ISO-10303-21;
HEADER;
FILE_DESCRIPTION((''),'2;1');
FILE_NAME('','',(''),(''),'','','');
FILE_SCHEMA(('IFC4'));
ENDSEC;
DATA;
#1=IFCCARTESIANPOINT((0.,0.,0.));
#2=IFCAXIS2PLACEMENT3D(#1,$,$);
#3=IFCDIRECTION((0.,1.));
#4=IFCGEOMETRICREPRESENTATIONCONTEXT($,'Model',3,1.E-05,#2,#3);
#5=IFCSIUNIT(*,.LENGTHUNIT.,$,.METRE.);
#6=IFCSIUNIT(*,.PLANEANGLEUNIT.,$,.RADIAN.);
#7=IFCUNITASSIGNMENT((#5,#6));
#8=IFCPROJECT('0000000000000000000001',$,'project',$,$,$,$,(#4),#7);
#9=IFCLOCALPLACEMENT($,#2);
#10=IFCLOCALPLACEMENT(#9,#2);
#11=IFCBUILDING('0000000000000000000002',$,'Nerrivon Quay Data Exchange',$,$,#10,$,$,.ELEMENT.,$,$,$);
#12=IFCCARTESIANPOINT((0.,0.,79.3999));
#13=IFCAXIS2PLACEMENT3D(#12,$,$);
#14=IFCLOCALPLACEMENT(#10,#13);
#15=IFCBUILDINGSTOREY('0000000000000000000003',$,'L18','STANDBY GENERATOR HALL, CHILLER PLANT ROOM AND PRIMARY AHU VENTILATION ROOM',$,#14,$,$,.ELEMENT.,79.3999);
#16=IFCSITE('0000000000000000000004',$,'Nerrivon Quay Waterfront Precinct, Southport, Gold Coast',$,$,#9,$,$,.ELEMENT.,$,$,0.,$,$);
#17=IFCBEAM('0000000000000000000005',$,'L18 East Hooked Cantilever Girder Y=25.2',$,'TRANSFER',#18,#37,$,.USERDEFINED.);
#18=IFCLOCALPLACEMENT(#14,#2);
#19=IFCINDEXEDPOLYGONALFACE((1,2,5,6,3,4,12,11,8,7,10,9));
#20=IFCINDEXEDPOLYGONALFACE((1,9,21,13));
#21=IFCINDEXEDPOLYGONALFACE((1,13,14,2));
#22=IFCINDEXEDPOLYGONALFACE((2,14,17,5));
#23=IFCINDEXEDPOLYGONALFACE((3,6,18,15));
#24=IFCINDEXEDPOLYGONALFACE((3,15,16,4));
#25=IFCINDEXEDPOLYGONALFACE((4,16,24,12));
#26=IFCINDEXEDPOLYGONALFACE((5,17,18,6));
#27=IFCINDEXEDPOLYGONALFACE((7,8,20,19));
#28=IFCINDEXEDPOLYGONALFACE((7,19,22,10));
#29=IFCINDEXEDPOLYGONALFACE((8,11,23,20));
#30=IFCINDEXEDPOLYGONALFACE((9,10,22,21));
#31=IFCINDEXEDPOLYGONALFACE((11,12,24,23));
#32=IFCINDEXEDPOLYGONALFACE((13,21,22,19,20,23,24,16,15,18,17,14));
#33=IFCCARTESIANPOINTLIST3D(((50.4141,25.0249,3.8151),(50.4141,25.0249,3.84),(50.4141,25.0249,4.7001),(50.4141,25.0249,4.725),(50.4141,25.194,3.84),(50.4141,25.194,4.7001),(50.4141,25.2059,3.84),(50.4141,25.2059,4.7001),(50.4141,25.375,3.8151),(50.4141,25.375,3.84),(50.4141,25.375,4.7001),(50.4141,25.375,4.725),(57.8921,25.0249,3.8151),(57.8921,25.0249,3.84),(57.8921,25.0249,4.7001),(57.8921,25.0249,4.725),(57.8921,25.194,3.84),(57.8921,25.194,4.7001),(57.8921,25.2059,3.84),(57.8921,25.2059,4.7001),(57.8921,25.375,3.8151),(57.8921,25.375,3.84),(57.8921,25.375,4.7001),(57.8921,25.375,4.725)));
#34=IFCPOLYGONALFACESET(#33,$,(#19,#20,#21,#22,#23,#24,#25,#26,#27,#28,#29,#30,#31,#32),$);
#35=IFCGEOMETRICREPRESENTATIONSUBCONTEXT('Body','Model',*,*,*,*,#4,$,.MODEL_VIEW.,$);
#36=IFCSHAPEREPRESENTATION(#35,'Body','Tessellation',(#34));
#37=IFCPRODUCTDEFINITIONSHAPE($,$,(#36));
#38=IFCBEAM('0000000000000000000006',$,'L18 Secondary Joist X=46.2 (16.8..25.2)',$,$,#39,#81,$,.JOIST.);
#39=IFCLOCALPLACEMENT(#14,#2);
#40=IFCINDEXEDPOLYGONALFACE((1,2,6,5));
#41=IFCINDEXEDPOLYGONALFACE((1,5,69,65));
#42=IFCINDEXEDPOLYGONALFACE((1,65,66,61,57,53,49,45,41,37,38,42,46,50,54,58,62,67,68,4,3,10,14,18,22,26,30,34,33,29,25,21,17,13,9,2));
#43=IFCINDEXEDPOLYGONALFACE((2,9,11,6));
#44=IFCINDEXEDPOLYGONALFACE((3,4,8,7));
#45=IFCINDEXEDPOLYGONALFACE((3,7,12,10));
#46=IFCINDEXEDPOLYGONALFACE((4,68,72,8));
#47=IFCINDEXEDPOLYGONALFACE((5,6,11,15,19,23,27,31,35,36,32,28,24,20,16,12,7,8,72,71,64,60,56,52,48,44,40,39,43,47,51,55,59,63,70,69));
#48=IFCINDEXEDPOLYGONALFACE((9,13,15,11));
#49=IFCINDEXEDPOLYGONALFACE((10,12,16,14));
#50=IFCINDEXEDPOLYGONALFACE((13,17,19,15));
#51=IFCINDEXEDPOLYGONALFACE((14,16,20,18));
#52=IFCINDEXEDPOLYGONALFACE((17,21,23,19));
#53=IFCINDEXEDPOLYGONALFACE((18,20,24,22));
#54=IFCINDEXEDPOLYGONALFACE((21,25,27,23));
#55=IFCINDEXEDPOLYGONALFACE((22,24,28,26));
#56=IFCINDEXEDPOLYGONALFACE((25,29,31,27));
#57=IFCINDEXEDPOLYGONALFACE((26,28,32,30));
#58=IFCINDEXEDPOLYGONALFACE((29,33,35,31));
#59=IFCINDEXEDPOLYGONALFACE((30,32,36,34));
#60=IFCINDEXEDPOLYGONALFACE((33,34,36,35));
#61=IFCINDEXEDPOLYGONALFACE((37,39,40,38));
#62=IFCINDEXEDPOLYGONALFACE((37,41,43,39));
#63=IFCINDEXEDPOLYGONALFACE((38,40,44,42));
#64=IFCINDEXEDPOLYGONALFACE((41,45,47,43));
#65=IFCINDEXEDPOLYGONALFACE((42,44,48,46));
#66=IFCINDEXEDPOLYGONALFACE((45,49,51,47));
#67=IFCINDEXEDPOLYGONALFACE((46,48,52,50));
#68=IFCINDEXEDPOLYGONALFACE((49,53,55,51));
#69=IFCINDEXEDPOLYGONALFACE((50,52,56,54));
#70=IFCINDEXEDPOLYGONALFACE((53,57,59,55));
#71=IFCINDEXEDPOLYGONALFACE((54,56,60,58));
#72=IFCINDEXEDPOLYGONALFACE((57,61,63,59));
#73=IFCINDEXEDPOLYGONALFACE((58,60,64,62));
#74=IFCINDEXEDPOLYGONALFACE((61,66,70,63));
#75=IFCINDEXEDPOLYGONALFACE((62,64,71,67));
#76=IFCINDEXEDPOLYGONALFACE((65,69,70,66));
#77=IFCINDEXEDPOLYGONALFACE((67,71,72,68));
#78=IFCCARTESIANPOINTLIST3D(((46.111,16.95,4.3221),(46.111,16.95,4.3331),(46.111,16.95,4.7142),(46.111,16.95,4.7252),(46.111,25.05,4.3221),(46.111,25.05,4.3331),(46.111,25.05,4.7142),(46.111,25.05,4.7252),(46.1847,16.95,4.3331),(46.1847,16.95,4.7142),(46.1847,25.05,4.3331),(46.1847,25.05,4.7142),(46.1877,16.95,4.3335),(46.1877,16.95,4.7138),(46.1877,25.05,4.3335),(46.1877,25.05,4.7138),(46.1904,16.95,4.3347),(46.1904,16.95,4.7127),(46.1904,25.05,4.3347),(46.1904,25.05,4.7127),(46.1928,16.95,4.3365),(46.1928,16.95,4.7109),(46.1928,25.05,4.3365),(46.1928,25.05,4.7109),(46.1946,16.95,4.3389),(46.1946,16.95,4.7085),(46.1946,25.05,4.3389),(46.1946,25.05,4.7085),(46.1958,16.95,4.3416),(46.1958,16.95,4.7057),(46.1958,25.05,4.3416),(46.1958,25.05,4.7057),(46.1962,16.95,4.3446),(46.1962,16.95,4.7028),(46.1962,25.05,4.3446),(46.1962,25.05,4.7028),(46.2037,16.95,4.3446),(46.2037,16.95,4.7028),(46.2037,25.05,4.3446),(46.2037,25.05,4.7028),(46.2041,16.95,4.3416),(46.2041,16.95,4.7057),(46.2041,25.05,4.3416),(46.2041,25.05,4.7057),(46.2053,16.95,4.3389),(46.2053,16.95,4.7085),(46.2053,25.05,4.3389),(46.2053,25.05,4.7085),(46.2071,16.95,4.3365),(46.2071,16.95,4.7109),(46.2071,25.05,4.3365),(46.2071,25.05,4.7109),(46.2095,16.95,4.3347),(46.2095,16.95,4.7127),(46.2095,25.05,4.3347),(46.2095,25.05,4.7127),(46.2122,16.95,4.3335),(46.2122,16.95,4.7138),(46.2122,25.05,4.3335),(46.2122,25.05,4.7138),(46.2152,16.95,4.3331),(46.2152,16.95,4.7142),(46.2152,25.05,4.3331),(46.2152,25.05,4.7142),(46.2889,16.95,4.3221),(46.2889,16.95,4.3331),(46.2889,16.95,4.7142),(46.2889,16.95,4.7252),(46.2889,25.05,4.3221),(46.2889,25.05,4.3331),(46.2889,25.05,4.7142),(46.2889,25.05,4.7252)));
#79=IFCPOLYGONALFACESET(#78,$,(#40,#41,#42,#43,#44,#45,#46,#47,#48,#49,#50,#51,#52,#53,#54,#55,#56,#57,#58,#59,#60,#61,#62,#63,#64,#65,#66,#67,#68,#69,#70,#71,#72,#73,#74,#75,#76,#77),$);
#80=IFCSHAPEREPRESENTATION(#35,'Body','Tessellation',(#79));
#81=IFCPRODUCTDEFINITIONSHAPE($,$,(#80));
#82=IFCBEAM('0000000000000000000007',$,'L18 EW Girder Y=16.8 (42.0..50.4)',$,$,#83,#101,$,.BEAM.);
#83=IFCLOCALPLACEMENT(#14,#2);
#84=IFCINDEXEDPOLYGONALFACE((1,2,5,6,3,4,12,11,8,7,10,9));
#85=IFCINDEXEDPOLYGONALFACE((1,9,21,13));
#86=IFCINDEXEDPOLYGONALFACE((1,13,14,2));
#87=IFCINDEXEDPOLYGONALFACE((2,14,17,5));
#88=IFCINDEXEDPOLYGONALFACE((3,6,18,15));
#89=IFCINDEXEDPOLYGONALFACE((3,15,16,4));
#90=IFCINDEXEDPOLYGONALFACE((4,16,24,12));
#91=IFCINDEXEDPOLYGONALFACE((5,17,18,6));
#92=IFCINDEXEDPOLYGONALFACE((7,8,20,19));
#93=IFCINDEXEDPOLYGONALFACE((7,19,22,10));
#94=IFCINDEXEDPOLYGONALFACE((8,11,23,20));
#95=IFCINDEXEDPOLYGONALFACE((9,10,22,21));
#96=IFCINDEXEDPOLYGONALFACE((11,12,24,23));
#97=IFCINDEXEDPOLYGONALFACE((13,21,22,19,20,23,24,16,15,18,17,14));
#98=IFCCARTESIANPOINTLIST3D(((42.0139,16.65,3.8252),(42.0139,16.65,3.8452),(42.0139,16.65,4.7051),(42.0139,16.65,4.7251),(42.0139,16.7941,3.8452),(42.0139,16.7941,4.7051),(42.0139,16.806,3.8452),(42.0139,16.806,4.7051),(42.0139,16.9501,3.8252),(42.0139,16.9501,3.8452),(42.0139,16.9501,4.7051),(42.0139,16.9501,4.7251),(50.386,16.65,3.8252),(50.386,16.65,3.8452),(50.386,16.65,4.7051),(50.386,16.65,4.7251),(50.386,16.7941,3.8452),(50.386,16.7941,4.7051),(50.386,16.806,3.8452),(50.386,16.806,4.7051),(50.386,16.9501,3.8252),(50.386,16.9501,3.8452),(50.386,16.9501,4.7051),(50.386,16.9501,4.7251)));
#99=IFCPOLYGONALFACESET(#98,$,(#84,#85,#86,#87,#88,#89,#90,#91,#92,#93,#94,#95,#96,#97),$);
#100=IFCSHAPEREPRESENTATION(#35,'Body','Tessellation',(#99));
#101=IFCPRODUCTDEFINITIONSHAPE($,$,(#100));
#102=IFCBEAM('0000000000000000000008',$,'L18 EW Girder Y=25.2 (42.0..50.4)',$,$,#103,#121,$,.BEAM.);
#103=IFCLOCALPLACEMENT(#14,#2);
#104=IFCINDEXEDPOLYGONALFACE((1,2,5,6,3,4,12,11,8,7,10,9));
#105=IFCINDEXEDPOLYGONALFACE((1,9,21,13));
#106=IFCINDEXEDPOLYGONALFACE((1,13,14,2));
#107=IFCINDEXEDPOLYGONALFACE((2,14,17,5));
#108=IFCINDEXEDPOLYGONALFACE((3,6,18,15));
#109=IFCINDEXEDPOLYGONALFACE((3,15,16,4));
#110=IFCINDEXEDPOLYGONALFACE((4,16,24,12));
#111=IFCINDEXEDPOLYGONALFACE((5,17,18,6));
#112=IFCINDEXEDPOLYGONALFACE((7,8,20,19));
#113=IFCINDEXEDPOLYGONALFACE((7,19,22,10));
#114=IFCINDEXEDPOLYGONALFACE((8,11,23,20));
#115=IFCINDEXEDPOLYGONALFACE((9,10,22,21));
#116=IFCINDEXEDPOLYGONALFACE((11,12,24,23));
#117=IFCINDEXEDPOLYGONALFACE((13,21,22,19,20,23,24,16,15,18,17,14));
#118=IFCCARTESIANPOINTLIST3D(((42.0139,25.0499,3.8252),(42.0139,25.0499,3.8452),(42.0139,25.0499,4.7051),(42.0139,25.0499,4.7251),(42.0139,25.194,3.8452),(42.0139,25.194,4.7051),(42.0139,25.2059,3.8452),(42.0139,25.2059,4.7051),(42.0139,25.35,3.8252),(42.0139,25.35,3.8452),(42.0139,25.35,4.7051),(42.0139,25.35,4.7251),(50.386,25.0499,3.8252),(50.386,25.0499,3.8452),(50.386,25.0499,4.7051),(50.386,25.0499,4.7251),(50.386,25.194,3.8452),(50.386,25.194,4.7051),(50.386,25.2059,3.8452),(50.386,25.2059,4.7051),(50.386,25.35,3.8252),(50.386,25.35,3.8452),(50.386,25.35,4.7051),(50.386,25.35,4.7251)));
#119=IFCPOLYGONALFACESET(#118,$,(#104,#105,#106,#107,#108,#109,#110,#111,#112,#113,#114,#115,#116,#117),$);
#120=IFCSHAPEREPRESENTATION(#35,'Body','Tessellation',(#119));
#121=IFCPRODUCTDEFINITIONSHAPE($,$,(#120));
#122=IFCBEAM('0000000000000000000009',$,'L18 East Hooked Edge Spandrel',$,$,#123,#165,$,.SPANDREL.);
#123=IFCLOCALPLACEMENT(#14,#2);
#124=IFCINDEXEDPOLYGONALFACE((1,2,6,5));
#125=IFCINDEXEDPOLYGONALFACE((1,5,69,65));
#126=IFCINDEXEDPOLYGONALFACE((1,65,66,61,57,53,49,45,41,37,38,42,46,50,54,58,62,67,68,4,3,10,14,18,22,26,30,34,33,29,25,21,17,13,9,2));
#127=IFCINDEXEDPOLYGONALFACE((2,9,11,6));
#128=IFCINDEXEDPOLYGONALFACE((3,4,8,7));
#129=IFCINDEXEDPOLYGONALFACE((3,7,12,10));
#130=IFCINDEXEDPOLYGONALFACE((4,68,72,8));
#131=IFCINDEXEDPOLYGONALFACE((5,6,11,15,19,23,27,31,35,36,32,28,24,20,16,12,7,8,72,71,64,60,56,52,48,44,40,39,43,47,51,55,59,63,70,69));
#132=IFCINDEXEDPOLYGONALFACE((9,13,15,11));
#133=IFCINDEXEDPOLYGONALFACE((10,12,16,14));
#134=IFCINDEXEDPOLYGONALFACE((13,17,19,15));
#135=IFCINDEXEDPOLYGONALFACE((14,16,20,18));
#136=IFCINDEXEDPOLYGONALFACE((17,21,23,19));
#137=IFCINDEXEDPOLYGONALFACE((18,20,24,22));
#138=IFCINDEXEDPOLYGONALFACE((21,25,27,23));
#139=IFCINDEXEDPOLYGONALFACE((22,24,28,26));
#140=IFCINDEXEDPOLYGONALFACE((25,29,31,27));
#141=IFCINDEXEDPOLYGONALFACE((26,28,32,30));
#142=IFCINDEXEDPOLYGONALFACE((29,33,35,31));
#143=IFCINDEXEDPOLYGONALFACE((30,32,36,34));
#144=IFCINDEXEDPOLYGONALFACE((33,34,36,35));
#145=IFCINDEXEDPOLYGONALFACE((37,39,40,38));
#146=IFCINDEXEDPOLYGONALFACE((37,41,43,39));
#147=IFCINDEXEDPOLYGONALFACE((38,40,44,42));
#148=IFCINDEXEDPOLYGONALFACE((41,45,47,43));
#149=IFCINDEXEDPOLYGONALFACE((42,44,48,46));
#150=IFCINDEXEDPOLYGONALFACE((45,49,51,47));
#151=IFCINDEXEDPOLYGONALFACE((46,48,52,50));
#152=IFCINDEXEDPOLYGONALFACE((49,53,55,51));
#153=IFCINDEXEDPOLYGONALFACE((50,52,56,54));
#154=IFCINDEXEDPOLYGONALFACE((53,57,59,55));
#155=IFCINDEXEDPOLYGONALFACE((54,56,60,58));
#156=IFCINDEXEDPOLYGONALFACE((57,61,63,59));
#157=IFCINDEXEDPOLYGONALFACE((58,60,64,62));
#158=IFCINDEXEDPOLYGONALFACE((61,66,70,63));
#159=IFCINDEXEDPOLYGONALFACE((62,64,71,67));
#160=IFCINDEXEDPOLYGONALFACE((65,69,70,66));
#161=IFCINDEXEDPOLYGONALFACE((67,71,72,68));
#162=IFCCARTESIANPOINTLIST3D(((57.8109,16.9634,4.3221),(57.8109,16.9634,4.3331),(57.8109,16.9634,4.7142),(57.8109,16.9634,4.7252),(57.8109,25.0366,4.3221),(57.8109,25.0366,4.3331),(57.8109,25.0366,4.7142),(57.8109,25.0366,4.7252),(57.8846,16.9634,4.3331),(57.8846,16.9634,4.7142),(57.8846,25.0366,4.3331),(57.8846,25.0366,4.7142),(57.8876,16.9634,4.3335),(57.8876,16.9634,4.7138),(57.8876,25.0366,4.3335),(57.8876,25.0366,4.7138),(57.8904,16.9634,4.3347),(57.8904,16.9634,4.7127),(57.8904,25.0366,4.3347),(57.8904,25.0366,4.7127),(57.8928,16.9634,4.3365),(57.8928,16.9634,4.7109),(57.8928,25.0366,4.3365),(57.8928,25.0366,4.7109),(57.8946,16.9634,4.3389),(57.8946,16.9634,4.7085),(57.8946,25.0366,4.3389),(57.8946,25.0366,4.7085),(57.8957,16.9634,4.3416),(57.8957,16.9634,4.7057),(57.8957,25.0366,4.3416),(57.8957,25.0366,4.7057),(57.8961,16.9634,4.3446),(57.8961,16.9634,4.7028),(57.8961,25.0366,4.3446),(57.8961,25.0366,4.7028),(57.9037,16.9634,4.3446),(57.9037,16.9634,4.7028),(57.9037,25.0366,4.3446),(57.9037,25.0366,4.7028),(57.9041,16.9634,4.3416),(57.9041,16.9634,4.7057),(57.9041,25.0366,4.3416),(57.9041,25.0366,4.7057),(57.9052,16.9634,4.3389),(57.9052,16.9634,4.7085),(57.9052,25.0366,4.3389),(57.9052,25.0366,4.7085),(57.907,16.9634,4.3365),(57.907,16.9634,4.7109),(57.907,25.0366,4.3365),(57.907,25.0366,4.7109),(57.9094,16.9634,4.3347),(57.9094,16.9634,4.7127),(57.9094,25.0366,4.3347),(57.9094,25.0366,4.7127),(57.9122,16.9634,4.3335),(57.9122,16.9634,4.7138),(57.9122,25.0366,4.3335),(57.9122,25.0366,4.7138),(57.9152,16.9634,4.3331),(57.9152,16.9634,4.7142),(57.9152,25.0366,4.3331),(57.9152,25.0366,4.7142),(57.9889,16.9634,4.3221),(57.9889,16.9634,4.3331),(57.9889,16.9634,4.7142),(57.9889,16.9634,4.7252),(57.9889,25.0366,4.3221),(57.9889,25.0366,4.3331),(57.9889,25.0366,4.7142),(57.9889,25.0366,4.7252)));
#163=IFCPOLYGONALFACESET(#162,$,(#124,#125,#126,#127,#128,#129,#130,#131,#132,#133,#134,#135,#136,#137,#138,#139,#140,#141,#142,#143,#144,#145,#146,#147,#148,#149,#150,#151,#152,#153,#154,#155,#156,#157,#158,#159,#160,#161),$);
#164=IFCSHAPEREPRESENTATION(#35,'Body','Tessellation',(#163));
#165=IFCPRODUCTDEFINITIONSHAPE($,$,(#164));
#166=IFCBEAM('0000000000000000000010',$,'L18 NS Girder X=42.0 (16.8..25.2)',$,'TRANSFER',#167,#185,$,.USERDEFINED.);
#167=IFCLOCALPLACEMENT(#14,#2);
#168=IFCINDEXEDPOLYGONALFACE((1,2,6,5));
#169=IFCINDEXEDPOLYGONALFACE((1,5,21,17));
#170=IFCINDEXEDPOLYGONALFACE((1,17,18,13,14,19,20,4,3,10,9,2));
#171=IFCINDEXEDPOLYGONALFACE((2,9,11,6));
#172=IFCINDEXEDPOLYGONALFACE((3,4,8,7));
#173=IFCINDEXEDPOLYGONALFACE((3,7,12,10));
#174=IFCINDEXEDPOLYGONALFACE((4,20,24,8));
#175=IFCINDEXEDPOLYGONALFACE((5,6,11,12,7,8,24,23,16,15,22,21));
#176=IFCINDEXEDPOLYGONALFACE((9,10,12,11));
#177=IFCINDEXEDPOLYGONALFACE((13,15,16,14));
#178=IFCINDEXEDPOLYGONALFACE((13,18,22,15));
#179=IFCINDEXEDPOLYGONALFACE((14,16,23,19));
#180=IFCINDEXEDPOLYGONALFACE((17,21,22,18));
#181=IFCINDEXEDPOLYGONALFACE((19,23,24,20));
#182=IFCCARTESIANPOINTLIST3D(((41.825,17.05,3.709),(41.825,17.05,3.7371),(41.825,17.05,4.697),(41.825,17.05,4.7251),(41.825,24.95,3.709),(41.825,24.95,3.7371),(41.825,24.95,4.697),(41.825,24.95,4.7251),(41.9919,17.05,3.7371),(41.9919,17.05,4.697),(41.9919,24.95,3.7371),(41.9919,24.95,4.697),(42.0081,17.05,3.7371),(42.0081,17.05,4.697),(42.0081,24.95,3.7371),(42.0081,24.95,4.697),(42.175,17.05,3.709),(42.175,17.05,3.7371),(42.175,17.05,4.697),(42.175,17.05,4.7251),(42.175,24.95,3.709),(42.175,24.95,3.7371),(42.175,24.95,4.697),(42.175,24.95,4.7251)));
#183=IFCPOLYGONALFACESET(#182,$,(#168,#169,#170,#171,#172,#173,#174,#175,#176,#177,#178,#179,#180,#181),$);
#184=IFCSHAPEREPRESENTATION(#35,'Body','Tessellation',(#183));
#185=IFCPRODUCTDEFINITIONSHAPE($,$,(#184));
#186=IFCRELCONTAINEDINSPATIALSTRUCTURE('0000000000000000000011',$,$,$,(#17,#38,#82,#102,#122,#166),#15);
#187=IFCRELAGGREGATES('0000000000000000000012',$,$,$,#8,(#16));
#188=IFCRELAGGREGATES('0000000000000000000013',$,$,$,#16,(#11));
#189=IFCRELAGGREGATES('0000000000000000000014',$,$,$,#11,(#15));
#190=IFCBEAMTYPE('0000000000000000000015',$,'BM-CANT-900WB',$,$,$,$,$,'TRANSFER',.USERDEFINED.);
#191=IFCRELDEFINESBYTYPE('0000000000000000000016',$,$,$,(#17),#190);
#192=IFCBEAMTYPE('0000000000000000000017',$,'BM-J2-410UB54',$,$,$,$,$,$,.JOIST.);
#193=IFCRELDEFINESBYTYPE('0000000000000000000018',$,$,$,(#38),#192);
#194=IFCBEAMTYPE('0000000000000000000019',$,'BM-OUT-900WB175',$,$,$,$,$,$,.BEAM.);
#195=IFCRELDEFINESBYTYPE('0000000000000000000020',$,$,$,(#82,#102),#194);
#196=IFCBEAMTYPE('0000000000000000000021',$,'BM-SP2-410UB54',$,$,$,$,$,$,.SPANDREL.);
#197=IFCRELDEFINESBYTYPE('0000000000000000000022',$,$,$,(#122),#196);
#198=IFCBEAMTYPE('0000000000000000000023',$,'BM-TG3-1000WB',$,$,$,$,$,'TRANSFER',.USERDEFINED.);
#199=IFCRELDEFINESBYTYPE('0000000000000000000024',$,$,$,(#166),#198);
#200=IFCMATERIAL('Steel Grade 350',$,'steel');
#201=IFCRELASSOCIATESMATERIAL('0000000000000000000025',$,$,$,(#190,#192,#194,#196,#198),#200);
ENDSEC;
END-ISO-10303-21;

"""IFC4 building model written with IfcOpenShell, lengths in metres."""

from ifc_helpers import new_model, si_unit, direction, frame, origin, origin_2d, place, context, subcontext, project, spatial, i_section, extrude, material, material_profile, profile_set, type_object, element, save


model = new_model("IFC4")

# Units and contexts
model_context = context("Model", 3, precision=1e-05, world=origin(), true_north=direction((0.0, 1.0)))
body_context = subcontext(model_context, "Body", "Model", "MODEL_VIEW")
ifc_project = project(units=[si_unit("LENGTHUNIT", "METRE"), si_unit("PLANEANGLEUNIT", "RADIAN")], contexts=[model_context])

# Site, building, storey
site_placement = place(None, origin())
site = spatial("IfcSite", under=ifc_project, at=site_placement, Name="Nerrivon Quay Waterfront Precinct, Southport, Gold Coast", CompositionType="ELEMENT", RefElevation=0.0)
building_placement = place(site_placement, origin())
building = spatial("IfcBuilding", under=site, at=building_placement, Name="Nerrivon Quay Data Exchange", CompositionType="ELEMENT")
storey_placement = place(building_placement, frame((0.0, 0.0, 79.3999)))
storey = spatial("IfcBuildingStorey", under=building, at=storey_placement, Name="L18", Description="STANDBY GENERATOR HALL, CHILLER PLANT ROOM AND PRIMARY AHU VENTILATION ROOM", CompositionType="ELEMENT", Elevation=79.3999)

# Shared definitions
ifc_material_1 = material(Name="Steel Grade 350", Category="steel")

# Beams
ifc_material_profile_1 = material_profile(ifc_material_1, i_section(OverallWidth=0.3501, OverallDepth=0.9099, WebThickness=0.012, FlangeThickness=0.0249, at=origin_2d()), Name="900WB218")
ifc_profile_set_1 = profile_set([ifc_material_profile_1], Name="Steel Grade 350")
beam_type_1 = type_object("IfcBeamType", Name="BM-CANT-900WB", ElementType="TRANSFER", PredefinedType="USERDEFINED", material=ifc_profile_set_1)
for number, where, z_axis, x_axis, name in (
    (1, (50.4141, 25.2, 4.27), (1.0, 0.0, 0.0), (0.0, 1.0, 0.0), "L18 East Hooked Cantilever Girder Y=25.2"),
):
    element("IfcBeam", number, at=place(storey_placement, frame(where, z_axis=z_axis, x_axis=x_axis)), inside=storey, type_object=beam_type_1, Name=name, ObjectType="TRANSFER", PredefinedType="USERDEFINED", context=body_context, shape_type="SweptSolid", body=[
        extrude(i_section(OverallWidth=0.3501, OverallDepth=0.9099, WebThickness=0.012, FlangeThickness=0.0249, at=origin_2d()), origin(), (0.0, 0.0, 1.0), 7.478),
    ])
ifc_material_profile_2 = material_profile(ifc_material_1, i_section(OverallWidth=0.178, OverallDepth=0.4031, WebThickness=0.0076, FlangeThickness=0.011, FilletRadius=0.0115, at=origin_2d()), Name="410UB53.7")
ifc_profile_set_2 = profile_set([ifc_material_profile_2], Name="Steel Grade 350")
beam_type_2 = type_object("IfcBeamType", Name="BM-J2-410UB54", PredefinedType="JOIST", material=ifc_profile_set_2)
beam_1_placement = place(storey_placement, frame((46.2, 16.95, 4.5237), z_axis=(0.0, 1.0, 0.0), x_axis=(-1.0, 0.0, 0.0)))
element("IfcBeam", 2, at=beam_1_placement, inside=storey, type_object=beam_type_2, Name="L18 Secondary Joist X=46.2 (16.8..25.2)", PredefinedType="JOIST", context=body_context, shape_type="SweptSolid", body=[
    extrude(i_section(OverallWidth=0.178, OverallDepth=0.4031, WebThickness=0.0076, FlangeThickness=0.011, FilletRadius=0.0115, at=origin_2d()), origin(), (0.0, 0.0, 1.0), 8.1001),
])
ifc_material_profile_3 = material_profile(ifc_material_1, i_section(OverallWidth=0.3, OverallDepth=0.8999, WebThickness=0.012, FlangeThickness=0.02, at=origin_2d()), Name="900WB175")
ifc_profile_set_3 = profile_set([ifc_material_profile_3], Name="Steel Grade 350")
beam_type_3 = type_object("IfcBeamType", Name="BM-OUT-900WB175", PredefinedType="BEAM", material=ifc_profile_set_3)
for number, where, z_axis, x_axis, name in (
    (3, (42.0139, 16.8, 4.2751), (1.0, 0.0, 0.0), (0.0, 1.0, 0.0), "L18 EW Girder Y=16.8 (42.0..50.4)"),
    (4, (42.0139, 25.2, 4.2751), (1.0, 0.0, 0.0), (0.0, 1.0, 0.0), "L18 EW Girder Y=25.2 (42.0..50.4)"),
):
    element("IfcBeam", number, at=place(storey_placement, frame(where, z_axis=z_axis, x_axis=x_axis)), inside=storey, type_object=beam_type_3, Name=name, PredefinedType="BEAM", context=body_context, shape_type="SweptSolid", body=[
        extrude(i_section(OverallWidth=0.3, OverallDepth=0.8999, WebThickness=0.012, FlangeThickness=0.02, at=origin_2d()), origin(), (0.0, 0.0, 1.0), 8.3721),
    ])
ifc_material_profile_4 = material_profile(ifc_material_1, i_section(OverallWidth=0.178, OverallDepth=0.4031, WebThickness=0.0076, FlangeThickness=0.011, FilletRadius=0.0115, at=origin_2d()), Name="410UB53.7")
ifc_profile_set_4 = profile_set([ifc_material_profile_4], Name="Steel Grade 350")
beam_type_4 = type_object("IfcBeamType", Name="BM-SP2-410UB54", PredefinedType="SPANDREL", material=ifc_profile_set_4)
beam_2_placement = place(storey_placement, frame((57.8999, 16.9634, 4.5237), z_axis=(0.0, 1.0, 0.0), x_axis=(-1.0, 0.0, 0.0)))
element("IfcBeam", 5, at=beam_2_placement, inside=storey, type_object=beam_type_4, Name="L18 East Hooked Edge Spandrel", PredefinedType="SPANDREL", context=body_context, shape_type="SweptSolid", body=[
    extrude(i_section(OverallWidth=0.178, OverallDepth=0.4031, WebThickness=0.0076, FlangeThickness=0.011, FilletRadius=0.0115, at=origin_2d()), origin(), (0.0, 0.0, 1.0), 8.0732),
])
ifc_material_profile_5 = material_profile(ifc_material_1, i_section(OverallWidth=0.3501, OverallDepth=1.0161, WebThickness=0.0161, FlangeThickness=0.0281, at=origin_2d()), Name="1000WB258")
ifc_profile_set_5 = profile_set([ifc_material_profile_5], Name="Steel Grade 350")
beam_type_5 = type_object("IfcBeamType", Name="BM-TG3-1000WB", ElementType="TRANSFER", PredefinedType="USERDEFINED", material=ifc_profile_set_5)
for number, where, z_axis, x_axis, name in (
    (6, (42.0, 17.05, 4.217), (0.0, 1.0, 0.0), (-1.0, 0.0, 0.0), "L18 NS Girder X=42.0 (16.8..25.2)"),
):
    element("IfcBeam", number, at=place(storey_placement, frame(where, z_axis=z_axis, x_axis=x_axis)), inside=storey, type_object=beam_type_5, Name=name, ObjectType="TRANSFER", PredefinedType="USERDEFINED", context=body_context, shape_type="SweptSolid", body=[
        extrude(i_section(OverallWidth=0.3501, OverallDepth=1.0161, WebThickness=0.0161, FlangeThickness=0.0281, at=origin_2d()), origin(), (0.0, 0.0, 1.0), 7.8999),
    ])

save(model, "model.ifc")
